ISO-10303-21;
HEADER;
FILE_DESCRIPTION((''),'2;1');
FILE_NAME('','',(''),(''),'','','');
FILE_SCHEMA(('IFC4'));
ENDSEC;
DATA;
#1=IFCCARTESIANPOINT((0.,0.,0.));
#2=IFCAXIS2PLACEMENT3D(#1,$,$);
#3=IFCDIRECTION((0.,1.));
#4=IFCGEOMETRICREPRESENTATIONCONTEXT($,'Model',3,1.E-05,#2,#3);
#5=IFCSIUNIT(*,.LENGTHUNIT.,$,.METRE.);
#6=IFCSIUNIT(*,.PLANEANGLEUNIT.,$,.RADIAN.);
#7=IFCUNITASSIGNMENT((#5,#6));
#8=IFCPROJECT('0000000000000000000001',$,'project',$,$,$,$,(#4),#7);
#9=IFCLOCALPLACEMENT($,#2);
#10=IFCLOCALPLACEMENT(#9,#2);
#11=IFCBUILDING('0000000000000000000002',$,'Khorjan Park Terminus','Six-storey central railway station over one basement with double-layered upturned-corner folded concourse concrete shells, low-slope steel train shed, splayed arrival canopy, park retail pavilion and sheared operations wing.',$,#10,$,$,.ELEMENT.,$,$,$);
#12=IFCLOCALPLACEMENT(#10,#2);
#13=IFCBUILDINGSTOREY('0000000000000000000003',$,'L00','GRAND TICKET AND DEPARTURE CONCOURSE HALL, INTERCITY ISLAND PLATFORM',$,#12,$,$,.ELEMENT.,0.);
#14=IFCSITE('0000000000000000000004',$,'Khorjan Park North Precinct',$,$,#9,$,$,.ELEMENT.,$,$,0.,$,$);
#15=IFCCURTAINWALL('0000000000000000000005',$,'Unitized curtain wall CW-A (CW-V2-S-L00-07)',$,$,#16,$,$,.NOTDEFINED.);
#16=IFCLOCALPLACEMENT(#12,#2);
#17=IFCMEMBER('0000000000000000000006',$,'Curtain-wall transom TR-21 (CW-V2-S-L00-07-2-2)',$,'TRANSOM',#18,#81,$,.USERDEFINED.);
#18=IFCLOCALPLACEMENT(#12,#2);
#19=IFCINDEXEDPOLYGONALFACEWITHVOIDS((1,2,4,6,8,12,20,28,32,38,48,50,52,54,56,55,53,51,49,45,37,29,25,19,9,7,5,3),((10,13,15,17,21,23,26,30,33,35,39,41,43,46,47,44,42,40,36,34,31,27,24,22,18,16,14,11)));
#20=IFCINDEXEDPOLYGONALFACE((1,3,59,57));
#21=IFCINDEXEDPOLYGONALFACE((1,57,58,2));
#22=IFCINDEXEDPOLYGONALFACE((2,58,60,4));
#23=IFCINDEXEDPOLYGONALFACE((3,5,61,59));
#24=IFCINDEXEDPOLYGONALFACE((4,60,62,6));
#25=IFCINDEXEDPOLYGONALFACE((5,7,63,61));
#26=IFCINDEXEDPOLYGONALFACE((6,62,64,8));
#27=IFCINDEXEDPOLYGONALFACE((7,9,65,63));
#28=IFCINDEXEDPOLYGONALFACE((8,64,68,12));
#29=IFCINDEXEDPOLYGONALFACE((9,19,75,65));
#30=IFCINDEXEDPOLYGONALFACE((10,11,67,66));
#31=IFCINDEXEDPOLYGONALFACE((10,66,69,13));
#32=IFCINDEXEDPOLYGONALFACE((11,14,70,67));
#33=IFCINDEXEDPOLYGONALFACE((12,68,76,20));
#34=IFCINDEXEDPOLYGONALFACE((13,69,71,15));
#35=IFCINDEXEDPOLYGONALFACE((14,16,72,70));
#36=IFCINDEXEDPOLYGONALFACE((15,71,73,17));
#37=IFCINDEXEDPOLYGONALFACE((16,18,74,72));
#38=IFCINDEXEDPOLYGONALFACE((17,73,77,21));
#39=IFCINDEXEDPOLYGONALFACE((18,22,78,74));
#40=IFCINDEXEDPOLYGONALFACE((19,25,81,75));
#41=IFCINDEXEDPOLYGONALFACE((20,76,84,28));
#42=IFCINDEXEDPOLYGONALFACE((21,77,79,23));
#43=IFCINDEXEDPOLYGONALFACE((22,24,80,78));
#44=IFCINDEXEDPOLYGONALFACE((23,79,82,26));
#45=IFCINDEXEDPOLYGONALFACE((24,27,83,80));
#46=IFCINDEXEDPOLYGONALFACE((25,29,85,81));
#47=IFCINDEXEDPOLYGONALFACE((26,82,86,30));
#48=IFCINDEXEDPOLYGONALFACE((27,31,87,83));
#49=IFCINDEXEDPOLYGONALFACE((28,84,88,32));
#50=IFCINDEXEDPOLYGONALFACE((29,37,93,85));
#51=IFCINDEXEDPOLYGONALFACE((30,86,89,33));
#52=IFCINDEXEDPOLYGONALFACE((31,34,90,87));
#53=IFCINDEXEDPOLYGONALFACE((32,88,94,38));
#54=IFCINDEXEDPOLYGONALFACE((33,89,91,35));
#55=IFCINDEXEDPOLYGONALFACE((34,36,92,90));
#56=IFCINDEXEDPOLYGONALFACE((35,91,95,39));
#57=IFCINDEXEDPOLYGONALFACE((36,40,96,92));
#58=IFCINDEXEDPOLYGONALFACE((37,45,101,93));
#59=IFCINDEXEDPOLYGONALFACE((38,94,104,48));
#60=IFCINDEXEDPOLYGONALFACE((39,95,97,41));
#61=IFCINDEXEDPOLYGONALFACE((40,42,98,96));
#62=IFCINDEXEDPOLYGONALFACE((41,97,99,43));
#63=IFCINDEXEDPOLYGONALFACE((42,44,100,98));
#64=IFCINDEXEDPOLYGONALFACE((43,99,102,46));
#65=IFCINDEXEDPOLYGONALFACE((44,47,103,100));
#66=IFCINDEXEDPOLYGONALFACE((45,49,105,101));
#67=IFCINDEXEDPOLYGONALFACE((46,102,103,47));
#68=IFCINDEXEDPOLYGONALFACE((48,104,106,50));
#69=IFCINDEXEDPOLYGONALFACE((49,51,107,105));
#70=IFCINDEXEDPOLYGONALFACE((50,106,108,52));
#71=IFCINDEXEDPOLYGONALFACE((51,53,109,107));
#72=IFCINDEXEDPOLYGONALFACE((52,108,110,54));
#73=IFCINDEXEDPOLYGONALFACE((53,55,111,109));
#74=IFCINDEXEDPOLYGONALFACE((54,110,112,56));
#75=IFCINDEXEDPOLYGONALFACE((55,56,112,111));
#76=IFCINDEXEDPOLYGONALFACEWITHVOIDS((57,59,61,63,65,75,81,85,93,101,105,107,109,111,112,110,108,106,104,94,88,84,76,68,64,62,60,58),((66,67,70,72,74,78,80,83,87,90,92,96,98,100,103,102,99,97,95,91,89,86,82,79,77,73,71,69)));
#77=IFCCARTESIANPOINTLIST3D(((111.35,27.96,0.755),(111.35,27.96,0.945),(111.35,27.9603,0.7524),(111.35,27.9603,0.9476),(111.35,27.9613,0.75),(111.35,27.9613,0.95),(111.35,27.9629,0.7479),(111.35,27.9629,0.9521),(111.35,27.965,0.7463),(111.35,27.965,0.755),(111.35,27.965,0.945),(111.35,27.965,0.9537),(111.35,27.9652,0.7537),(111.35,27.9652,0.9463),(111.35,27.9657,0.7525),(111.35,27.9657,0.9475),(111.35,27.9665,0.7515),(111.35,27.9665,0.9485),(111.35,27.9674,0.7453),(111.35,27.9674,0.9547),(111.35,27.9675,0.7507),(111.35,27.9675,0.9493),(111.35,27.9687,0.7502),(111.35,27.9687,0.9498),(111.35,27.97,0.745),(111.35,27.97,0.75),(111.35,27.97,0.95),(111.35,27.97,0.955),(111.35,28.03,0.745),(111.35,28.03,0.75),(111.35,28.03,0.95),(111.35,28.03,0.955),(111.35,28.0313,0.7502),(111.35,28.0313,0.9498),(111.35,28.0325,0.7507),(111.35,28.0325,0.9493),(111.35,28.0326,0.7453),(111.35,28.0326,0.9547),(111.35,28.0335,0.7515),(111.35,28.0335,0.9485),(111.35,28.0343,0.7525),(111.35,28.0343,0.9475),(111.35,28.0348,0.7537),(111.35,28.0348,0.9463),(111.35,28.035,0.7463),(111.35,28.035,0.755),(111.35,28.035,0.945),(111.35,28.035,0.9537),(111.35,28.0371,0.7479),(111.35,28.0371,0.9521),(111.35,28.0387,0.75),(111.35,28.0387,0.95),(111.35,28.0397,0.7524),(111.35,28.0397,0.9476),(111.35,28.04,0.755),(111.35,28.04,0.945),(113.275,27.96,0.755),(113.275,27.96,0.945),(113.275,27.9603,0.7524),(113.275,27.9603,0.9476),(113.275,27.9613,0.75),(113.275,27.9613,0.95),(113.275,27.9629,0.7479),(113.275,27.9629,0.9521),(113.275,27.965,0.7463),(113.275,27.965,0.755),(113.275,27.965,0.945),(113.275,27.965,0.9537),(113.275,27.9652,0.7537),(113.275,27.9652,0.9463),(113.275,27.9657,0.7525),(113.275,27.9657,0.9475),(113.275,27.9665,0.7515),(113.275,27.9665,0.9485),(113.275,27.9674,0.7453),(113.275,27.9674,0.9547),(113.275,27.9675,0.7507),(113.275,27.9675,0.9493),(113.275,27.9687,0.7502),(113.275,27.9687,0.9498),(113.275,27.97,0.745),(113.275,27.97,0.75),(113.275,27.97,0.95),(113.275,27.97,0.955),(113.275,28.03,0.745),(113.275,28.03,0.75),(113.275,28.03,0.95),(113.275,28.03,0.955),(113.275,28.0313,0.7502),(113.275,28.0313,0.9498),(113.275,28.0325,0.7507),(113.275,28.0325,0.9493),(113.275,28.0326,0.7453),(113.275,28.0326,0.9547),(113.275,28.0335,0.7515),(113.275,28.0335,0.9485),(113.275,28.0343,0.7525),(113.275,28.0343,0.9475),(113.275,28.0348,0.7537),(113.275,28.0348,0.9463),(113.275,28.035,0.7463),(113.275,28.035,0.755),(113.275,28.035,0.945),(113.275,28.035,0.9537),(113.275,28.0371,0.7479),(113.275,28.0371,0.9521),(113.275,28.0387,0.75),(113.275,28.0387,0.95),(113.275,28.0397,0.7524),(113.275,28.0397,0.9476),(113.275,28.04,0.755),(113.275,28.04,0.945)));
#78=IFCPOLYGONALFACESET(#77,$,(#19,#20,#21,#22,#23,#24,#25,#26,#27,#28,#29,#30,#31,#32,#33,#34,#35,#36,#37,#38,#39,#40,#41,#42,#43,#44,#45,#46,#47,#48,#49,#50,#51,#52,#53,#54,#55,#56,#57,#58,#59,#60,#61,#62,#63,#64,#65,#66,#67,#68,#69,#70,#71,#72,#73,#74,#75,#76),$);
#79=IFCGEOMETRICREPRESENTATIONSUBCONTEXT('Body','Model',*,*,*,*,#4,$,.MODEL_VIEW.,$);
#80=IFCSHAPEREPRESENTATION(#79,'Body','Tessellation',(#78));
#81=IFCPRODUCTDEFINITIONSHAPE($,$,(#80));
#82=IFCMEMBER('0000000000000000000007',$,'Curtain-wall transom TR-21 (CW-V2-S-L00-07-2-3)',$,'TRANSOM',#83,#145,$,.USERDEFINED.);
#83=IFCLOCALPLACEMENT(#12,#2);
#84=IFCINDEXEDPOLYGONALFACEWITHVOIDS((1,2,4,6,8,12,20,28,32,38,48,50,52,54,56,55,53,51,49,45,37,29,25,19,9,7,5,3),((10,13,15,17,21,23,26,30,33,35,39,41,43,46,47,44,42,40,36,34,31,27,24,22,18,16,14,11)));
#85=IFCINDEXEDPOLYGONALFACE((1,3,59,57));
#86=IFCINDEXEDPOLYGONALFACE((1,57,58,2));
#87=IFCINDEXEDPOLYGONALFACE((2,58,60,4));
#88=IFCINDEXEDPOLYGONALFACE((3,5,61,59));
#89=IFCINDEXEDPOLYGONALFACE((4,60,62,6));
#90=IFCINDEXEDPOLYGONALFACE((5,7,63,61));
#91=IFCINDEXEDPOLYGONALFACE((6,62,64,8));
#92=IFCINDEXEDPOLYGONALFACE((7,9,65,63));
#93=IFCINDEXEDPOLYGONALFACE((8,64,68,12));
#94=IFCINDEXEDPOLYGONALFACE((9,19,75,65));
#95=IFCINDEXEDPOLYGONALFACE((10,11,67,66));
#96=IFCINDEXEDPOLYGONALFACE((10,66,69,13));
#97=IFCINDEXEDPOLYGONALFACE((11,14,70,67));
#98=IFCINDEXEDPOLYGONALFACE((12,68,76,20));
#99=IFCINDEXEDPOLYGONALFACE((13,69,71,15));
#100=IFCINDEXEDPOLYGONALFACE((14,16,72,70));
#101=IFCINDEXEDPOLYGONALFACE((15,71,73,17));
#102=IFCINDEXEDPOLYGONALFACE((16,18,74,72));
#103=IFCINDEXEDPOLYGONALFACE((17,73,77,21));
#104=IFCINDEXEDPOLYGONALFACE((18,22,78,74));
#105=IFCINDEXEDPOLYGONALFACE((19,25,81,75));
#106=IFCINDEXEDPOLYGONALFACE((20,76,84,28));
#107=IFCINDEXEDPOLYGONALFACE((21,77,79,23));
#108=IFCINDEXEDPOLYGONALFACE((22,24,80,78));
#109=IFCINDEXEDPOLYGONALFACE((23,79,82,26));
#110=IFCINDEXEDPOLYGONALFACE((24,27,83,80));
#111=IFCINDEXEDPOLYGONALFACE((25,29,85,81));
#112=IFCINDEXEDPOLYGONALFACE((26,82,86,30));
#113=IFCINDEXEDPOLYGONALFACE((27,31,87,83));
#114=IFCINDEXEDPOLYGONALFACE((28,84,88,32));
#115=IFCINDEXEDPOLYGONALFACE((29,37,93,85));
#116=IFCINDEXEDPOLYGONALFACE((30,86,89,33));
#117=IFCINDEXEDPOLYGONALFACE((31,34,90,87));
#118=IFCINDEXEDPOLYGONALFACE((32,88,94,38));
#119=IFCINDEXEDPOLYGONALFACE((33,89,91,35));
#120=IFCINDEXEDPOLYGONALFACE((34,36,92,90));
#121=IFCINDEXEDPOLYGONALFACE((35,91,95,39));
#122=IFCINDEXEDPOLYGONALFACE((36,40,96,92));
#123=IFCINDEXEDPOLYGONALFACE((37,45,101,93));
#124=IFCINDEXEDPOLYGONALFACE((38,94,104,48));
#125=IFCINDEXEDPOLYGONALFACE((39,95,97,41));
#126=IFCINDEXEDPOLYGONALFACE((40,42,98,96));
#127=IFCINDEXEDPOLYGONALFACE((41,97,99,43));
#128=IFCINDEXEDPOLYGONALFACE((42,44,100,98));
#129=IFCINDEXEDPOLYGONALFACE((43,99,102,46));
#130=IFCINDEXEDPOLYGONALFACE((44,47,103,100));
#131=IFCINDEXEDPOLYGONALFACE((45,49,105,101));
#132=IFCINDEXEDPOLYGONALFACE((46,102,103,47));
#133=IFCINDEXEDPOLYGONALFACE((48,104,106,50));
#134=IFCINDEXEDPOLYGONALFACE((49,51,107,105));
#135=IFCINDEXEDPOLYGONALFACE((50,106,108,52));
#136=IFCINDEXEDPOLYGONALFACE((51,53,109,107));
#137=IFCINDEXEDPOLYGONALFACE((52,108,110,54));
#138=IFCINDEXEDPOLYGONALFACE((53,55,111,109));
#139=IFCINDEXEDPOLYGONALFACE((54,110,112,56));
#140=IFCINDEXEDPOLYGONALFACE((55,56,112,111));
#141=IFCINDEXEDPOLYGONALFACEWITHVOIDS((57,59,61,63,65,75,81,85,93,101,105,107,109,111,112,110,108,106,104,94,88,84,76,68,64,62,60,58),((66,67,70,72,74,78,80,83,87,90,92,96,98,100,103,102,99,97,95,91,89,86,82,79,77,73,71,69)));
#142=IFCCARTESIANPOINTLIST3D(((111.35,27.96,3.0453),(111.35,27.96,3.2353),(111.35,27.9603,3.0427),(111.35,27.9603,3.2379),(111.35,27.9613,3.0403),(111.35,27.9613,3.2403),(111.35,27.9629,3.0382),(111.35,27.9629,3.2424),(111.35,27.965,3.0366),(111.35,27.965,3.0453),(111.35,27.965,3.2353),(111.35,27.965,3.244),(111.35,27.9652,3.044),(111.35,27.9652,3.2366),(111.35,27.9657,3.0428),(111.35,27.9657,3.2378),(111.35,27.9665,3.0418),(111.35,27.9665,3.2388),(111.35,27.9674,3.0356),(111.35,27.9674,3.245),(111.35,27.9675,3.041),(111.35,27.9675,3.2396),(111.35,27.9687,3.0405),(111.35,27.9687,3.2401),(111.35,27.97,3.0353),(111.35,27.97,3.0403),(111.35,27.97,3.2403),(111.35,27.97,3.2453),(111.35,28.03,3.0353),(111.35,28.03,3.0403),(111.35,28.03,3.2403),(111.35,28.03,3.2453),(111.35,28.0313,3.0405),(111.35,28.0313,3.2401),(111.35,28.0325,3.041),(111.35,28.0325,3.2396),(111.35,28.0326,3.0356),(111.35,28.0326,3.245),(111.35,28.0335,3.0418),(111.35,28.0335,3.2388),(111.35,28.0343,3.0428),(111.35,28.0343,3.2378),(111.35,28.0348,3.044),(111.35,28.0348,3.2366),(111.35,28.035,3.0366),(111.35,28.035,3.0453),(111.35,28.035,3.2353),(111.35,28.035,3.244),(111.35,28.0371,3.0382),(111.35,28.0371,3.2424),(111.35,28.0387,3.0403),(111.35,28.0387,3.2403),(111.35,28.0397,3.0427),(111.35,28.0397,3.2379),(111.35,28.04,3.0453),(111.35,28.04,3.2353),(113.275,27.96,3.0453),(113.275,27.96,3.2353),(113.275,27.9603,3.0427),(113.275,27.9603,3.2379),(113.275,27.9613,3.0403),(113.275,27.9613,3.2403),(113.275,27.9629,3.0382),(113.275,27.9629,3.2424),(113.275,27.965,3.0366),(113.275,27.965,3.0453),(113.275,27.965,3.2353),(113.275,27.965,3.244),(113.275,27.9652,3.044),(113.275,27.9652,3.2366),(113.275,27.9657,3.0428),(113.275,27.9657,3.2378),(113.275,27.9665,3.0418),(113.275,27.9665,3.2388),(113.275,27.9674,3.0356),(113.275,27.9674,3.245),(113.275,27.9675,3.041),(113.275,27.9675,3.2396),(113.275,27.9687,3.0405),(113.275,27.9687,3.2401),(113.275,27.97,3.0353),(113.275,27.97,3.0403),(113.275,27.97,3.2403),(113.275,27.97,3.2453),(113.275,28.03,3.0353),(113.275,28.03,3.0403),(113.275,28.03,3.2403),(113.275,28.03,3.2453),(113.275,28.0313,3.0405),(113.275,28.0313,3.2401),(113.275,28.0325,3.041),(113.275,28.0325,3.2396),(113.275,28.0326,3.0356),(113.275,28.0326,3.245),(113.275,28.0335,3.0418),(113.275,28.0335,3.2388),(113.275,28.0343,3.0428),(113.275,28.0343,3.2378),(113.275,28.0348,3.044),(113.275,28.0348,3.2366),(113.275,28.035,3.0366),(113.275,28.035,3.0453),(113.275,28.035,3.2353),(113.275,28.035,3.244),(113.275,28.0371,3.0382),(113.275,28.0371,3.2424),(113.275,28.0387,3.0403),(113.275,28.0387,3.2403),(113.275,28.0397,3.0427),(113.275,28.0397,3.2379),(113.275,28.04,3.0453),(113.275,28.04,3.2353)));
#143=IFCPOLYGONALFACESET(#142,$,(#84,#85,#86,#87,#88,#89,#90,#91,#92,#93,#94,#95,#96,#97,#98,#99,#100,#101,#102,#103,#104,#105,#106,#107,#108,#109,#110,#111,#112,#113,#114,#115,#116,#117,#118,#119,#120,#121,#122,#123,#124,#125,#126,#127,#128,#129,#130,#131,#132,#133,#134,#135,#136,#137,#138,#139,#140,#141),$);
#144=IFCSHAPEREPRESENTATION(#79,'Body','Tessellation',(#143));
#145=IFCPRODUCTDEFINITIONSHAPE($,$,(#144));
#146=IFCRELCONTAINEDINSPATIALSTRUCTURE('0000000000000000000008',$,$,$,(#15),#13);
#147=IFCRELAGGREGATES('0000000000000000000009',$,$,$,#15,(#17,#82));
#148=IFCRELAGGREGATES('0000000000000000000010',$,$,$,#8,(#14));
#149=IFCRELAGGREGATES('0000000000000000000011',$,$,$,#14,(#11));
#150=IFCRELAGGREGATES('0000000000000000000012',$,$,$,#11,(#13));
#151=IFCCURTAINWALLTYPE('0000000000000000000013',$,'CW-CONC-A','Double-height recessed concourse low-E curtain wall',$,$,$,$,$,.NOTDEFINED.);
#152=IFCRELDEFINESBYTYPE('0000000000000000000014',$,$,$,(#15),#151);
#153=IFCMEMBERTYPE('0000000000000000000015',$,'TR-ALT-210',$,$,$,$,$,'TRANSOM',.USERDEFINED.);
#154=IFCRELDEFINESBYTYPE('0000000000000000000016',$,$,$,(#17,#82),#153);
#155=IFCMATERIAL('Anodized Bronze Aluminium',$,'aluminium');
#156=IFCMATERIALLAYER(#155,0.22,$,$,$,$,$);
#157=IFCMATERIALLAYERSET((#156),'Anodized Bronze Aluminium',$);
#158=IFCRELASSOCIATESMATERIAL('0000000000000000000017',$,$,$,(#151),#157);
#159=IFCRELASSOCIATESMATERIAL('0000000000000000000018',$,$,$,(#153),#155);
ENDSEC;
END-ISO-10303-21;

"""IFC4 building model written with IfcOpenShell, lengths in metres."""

from ifc_helpers import new_model, si_unit, direction, frame, origin, origin_2d, place, context, subcontext, project, spatial, hollow_rectangle, extrude, material, layer, layer_set, material_profile, profile_set, type_object, element, aggregate, save


model = new_model("IFC4")

# Units and contexts
model_context = context("Model", 3, precision=1e-05, world=origin(), true_north=direction((0.0, 1.0)))
body_context = subcontext(model_context, "Body", "Model", "MODEL_VIEW")
ifc_project = project(units=[si_unit("LENGTHUNIT", "METRE"), si_unit("PLANEANGLEUNIT", "RADIAN")], contexts=[model_context])

# Site, building, storey
site_placement = place(None, origin())
site = spatial("IfcSite", under=ifc_project, at=site_placement, Name="Khorjan Park North Precinct", CompositionType="ELEMENT", RefElevation=0.0)
building_placement = place(site_placement, origin())
building = spatial("IfcBuilding", under=site, at=building_placement, Name="Khorjan Park Terminus", Description="Six-storey central railway station over one basement with double-layered upturned-corner folded concourse concrete shells, low-slope steel train shed, splayed arrival canopy, park retail pavilion and sheared operations wing.", CompositionType="ELEMENT")
storey_placement = place(building_placement, origin())
storey = spatial("IfcBuildingStorey", under=building, at=storey_placement, Name="L00", Description="GRAND TICKET AND DEPARTURE CONCOURSE HALL, INTERCITY ISLAND PLATFORM", CompositionType="ELEMENT", Elevation=0.0)

# Shared definitions
ifc_material_1 = material(Name="Anodized Bronze Aluminium", Category="aluminium")

# Curtain wall
ifc_layer_1 = layer(ifc_material_1, 0.22)
ifc_layer_set_1 = layer_set([ifc_layer_1], Name="Anodized Bronze Aluminium")
curtain_wall_type_1 = type_object("IfcCurtainWallType", Name="CW-CONC-A", Description="Double-height recessed concourse low-E curtain wall", PredefinedType="NOTDEFINED", material=ifc_layer_set_1)
curtain_wall_1_placement = place(storey_placement, origin())
curtain_wall_1 = element("IfcCurtainWall", 1, at=curtain_wall_1_placement, inside=storey, type_object=curtain_wall_type_1, Name="Unitized curtain wall CW-A (CW-V2-S-L00-07)", PredefinedType="NOTDEFINED")

# Members
ifc_material_profile_1 = material_profile(ifc_material_1, hollow_rectangle(XDim=0.08, YDim=0.21, WallThickness=0.005, InnerFilletRadius=0.005, OuterFilletRadius=0.01, at=origin_2d()), Name="ALT 80x210x5")
ifc_profile_set_1 = profile_set([ifc_material_profile_1], Name="Anodized Bronze Aluminium")
member_type_1 = type_object("IfcMemberType", Name="TR-ALT-210", ElementType="TRANSOM", PredefinedType="USERDEFINED", material=ifc_profile_set_1)
member_1_placement = place(storey_placement, frame((111.35, 28.0, 0.85), z_axis=(1.0, 0.0, 0.0), x_axis=(0.0, 1.0, 0.0)))
member_1 = element("IfcMember", 2, at=member_1_placement, type_object=member_type_1, Name="Curtain-wall transom TR-21 (CW-V2-S-L00-07-2-2)", ObjectType="TRANSOM", PredefinedType="USERDEFINED", context=body_context, shape_type="SweptSolid", body=[
    extrude(hollow_rectangle(XDim=0.08, YDim=0.21, WallThickness=0.005, InnerFilletRadius=0.005, OuterFilletRadius=0.01, at=origin_2d()), origin(), (0.0, 0.0, 1.0), 1.925),
])
member_2_placement = place(storey_placement, frame((111.35, 28.0, 3.1403), z_axis=(1.0, 0.0, 0.0), x_axis=(0.0, 1.0, 0.0)))
member_2 = element("IfcMember", 3, at=member_2_placement, type_object=member_type_1, Name="Curtain-wall transom TR-21 (CW-V2-S-L00-07-2-3)", ObjectType="TRANSOM", PredefinedType="USERDEFINED", context=body_context, shape_type="SweptSolid", body=[
    extrude(hollow_rectangle(XDim=0.08, YDim=0.21, WallThickness=0.005, InnerFilletRadius=0.005, OuterFilletRadius=0.01, at=origin_2d()), origin(), (0.0, 0.0, 1.0), 1.925),
])

aggregate(curtain_wall_1, [member_1, member_2])

save(model, "model.ifc")
